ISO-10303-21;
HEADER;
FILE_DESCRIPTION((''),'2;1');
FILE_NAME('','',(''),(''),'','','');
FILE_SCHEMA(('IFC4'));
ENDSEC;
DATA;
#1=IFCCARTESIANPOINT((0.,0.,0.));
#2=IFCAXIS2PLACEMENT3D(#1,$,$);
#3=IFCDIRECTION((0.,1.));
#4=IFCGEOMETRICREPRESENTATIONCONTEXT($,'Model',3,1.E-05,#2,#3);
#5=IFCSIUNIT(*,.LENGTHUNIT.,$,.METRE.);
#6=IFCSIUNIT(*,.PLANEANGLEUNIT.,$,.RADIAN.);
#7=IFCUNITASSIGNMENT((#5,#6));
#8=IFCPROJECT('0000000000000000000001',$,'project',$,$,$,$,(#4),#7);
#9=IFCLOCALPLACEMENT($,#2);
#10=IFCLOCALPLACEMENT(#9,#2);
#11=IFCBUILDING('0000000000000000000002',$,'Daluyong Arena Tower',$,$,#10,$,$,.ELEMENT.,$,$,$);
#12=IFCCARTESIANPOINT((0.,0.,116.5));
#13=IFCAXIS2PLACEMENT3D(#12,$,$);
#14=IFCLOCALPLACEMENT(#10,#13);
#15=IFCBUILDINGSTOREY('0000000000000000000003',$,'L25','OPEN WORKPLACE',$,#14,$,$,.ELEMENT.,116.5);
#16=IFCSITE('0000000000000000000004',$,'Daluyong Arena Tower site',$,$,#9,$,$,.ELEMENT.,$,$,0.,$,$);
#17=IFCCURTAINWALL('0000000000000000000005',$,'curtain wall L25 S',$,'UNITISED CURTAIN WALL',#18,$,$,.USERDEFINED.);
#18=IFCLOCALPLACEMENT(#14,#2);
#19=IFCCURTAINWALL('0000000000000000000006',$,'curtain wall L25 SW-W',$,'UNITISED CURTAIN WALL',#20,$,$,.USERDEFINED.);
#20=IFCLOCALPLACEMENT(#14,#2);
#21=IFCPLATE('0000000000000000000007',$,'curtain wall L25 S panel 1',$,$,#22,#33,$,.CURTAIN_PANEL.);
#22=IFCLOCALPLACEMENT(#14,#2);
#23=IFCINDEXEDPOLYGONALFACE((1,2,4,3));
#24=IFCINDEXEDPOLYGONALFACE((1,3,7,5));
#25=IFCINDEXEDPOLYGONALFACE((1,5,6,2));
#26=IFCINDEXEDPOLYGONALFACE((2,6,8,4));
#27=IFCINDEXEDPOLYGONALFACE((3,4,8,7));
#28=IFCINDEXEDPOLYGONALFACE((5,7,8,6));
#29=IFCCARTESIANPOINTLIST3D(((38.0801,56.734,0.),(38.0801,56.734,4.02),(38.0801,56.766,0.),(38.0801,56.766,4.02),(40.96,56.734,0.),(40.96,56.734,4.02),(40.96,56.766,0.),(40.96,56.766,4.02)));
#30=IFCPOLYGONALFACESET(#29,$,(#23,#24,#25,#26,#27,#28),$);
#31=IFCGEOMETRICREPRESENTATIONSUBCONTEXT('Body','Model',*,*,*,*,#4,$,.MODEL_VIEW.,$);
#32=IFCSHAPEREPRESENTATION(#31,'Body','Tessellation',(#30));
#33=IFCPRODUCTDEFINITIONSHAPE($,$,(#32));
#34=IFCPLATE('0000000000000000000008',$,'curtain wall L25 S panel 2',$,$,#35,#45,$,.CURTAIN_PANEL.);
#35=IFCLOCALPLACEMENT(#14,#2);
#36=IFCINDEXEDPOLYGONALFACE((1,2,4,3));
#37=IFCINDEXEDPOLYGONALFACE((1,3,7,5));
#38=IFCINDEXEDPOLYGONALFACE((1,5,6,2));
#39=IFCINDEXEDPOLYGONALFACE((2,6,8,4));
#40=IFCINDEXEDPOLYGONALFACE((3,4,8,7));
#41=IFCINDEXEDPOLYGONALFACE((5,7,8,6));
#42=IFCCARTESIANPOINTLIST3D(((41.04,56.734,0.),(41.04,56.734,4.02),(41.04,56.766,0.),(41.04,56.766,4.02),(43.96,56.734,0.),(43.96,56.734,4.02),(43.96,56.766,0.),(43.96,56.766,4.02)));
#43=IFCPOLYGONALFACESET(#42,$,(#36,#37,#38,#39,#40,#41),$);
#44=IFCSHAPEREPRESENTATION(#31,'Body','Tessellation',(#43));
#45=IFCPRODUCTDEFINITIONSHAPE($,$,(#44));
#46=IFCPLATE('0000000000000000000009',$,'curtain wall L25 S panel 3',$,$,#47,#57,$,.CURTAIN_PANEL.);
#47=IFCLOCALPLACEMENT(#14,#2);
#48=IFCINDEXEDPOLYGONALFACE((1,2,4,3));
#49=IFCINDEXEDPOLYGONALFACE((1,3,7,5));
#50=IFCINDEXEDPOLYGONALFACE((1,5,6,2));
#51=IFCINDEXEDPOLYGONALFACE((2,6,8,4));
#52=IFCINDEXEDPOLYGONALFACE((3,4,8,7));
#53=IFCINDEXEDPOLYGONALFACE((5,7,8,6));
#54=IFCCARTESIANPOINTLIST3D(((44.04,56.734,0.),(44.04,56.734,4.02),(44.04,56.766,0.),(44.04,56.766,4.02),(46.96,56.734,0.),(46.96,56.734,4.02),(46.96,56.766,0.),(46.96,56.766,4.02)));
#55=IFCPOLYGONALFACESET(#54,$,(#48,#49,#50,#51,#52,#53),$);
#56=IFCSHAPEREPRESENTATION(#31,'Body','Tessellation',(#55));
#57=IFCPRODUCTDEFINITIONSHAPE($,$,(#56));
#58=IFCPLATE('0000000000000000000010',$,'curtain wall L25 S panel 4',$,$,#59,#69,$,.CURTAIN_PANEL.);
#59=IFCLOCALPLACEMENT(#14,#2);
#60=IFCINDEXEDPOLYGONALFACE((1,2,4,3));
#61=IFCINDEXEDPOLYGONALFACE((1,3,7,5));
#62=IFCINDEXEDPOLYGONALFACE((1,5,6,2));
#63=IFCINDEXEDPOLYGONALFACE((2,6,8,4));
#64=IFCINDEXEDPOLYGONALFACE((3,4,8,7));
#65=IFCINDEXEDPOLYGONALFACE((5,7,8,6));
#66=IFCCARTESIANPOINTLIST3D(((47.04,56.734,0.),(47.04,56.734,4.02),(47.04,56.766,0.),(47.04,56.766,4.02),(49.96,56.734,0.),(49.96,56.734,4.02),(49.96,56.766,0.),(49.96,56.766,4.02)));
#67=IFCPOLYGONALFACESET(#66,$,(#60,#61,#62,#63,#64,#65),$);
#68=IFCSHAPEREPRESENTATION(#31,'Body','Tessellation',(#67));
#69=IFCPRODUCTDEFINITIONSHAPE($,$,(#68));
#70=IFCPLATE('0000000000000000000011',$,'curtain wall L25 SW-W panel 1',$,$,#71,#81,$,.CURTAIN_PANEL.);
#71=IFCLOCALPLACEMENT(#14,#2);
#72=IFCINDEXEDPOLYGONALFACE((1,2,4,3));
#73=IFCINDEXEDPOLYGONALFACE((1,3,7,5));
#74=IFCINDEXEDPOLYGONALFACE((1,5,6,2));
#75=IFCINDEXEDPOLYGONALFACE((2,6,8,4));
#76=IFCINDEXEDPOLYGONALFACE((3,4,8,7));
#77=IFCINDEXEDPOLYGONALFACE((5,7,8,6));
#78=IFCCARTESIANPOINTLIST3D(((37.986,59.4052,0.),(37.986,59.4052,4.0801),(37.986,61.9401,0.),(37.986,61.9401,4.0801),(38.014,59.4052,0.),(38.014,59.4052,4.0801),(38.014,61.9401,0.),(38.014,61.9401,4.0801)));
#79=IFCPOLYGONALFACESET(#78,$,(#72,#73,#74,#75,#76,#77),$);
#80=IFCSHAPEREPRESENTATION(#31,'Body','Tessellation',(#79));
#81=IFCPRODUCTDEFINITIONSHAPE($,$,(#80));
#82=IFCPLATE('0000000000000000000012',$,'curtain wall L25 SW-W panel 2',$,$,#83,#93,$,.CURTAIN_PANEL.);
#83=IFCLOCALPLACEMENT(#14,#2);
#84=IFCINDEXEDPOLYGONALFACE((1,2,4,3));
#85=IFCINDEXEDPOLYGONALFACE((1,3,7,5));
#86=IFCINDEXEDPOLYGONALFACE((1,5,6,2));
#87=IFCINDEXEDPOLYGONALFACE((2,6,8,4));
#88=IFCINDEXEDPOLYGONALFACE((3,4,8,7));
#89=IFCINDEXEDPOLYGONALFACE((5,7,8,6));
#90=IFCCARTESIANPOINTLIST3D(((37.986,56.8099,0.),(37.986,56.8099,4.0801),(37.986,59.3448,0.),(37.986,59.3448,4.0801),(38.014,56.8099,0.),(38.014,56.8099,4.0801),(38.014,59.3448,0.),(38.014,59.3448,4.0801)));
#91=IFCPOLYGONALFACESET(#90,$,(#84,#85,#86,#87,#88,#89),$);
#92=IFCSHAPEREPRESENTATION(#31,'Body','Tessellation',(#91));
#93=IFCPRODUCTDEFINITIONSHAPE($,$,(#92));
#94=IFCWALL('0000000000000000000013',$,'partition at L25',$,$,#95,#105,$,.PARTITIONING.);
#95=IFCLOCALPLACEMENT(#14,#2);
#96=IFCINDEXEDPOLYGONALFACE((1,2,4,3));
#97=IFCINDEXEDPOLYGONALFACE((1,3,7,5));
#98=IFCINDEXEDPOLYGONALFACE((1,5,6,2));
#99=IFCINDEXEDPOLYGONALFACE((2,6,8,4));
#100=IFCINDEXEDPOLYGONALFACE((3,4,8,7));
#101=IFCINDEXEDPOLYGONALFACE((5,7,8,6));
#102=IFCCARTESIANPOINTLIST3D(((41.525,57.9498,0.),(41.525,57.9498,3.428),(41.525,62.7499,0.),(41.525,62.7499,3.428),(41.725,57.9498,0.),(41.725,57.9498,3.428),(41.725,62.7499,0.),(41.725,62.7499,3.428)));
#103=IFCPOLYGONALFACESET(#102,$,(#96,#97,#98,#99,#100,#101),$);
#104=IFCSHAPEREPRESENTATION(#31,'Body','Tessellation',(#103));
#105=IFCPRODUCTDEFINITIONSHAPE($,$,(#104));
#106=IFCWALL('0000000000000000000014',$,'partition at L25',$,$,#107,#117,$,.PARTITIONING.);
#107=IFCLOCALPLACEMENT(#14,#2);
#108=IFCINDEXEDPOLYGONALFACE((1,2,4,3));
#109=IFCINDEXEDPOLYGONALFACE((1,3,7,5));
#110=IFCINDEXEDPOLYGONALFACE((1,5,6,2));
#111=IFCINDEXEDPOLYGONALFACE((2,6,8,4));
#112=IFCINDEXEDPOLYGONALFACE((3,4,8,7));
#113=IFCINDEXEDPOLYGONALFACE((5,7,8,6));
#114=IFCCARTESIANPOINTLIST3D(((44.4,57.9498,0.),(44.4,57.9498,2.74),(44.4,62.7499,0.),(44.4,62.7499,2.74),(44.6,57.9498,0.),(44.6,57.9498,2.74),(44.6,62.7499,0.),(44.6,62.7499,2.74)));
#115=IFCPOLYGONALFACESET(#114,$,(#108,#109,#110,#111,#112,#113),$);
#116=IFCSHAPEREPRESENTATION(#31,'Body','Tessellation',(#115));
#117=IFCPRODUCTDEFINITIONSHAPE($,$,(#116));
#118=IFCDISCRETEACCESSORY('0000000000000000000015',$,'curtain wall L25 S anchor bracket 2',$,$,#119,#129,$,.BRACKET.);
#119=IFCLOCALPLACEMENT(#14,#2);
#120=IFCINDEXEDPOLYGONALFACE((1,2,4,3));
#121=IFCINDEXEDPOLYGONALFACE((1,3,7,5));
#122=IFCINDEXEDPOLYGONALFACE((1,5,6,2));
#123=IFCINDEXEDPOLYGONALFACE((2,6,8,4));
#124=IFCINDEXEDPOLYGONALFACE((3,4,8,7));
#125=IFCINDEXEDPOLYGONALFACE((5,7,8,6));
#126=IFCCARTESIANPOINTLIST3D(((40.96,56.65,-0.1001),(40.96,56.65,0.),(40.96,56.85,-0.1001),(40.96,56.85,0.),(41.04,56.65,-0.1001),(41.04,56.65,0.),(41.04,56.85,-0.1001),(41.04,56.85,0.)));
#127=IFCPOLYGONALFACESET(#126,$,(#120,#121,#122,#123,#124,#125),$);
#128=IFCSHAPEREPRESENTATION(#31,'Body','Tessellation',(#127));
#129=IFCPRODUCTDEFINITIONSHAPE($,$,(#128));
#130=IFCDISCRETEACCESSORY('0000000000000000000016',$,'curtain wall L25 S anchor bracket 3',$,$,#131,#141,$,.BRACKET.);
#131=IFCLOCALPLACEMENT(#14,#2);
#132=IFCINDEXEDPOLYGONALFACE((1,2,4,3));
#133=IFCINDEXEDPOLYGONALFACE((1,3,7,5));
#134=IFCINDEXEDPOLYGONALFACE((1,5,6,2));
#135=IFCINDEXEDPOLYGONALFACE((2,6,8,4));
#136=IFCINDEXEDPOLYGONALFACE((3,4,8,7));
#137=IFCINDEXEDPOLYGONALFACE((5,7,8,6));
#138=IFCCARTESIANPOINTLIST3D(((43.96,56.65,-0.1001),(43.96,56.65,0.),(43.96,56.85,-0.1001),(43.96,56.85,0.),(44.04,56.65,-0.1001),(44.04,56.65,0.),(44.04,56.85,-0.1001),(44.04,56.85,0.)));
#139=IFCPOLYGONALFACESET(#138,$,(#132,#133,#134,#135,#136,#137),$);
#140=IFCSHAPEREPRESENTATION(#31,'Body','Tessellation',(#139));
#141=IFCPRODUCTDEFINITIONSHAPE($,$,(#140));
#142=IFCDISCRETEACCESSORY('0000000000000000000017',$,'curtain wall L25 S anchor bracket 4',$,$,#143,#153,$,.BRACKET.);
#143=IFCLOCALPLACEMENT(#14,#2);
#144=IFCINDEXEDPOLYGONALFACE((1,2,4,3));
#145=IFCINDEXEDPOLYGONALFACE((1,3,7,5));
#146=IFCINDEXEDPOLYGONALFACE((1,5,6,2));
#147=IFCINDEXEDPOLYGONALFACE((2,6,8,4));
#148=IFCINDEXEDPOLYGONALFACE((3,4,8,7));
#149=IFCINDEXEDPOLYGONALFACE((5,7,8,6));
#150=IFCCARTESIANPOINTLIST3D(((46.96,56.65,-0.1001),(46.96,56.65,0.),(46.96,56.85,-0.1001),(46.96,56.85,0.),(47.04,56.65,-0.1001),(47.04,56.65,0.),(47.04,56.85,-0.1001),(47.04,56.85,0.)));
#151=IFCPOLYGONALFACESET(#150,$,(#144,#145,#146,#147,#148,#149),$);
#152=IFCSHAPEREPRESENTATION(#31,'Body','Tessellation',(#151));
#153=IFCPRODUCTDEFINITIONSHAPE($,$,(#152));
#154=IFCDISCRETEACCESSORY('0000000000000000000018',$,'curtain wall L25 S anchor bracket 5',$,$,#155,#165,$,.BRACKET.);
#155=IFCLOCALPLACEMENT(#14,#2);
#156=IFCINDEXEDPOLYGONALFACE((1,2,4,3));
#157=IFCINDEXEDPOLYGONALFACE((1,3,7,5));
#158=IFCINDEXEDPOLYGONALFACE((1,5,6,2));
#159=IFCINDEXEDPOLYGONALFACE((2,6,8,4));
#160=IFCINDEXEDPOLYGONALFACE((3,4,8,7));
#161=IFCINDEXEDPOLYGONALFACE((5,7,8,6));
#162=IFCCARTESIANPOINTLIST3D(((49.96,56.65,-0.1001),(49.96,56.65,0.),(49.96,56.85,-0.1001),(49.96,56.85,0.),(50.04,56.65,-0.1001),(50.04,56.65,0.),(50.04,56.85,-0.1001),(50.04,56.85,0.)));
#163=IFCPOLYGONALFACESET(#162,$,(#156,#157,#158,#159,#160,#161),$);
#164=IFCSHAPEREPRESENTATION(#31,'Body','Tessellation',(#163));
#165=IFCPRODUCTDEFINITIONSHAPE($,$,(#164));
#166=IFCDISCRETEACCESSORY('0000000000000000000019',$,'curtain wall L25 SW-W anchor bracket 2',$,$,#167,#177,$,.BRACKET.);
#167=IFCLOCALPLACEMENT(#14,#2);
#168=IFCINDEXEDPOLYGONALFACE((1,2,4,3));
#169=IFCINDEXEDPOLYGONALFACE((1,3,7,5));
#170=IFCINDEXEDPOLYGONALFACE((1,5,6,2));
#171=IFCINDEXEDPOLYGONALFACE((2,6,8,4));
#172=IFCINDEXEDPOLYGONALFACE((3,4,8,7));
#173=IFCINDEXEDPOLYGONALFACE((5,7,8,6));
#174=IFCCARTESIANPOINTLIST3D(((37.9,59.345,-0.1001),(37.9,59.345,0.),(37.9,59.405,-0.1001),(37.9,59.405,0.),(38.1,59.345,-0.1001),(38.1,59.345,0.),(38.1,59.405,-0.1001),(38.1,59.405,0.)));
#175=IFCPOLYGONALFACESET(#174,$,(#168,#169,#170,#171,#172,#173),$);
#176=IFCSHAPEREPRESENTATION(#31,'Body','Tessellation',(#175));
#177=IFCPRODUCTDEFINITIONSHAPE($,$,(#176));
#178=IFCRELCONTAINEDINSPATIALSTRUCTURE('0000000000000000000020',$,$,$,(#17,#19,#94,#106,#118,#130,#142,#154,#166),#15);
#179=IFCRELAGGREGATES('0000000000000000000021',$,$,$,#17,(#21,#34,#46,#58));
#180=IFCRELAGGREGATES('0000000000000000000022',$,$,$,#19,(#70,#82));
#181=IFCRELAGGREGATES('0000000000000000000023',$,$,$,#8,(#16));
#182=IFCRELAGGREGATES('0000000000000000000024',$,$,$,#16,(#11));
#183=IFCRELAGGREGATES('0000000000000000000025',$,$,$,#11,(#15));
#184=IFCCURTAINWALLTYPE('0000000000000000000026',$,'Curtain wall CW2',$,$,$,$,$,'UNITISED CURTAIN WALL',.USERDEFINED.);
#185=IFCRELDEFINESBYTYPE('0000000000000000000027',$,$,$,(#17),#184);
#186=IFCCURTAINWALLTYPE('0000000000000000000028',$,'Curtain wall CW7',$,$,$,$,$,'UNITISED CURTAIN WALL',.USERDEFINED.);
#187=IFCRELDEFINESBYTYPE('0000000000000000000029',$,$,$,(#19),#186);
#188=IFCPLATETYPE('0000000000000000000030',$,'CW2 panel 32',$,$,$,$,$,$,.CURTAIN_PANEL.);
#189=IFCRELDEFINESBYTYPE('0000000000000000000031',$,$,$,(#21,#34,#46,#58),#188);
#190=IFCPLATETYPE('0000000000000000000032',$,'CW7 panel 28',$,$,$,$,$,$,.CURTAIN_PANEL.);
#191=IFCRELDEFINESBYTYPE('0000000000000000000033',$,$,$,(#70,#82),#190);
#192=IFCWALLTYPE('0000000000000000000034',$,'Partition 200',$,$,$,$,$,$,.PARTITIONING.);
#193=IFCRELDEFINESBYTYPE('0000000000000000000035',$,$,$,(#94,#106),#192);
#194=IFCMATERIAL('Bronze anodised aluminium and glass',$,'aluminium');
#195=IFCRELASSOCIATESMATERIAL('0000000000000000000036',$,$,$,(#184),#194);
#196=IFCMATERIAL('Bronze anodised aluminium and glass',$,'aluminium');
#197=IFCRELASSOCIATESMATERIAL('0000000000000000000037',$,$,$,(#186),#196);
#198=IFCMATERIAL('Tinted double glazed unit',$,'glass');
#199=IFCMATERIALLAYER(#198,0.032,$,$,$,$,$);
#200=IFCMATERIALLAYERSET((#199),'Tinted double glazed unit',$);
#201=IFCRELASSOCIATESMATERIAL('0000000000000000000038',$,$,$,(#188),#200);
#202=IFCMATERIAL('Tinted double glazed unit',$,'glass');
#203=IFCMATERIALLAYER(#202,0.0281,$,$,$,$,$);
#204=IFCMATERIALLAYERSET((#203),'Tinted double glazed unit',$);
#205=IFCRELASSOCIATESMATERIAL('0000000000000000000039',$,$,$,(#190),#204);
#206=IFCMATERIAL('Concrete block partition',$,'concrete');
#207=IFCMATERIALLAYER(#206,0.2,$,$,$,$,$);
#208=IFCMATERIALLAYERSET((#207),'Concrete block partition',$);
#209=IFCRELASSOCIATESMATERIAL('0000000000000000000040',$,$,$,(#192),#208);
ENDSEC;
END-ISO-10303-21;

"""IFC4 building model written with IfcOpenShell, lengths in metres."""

from ifc_helpers import new_model, si_unit, direction, frame, frame_2d, origin, origin_2d, place, context, subcontext, project, spatial, rectangle, extrude, material, layer, layer_set, type_object, element, aggregate, save


model = new_model("IFC4")

# Units and contexts
model_context = context("Model", 3, precision=1e-05, world=origin(), true_north=direction((0.0, 1.0)))
body_context = subcontext(model_context, "Body", "Model", "MODEL_VIEW")
ifc_project = project(units=[si_unit("LENGTHUNIT", "METRE"), si_unit("PLANEANGLEUNIT", "RADIAN")], contexts=[model_context])

# Site, building, storey
site_placement = place(None, origin())
site = spatial("IfcSite", under=ifc_project, at=site_placement, Name="Daluyong Arena Tower site", CompositionType="ELEMENT", RefElevation=0.0)
building_placement = place(site_placement, origin())
building = spatial("IfcBuilding", under=site, at=building_placement, Name="Daluyong Arena Tower", CompositionType="ELEMENT")
storey_placement = place(building_placement, frame((0.0, 0.0, 116.5)))
storey = spatial("IfcBuildingStorey", under=building, at=storey_placement, Name="L25", Description="OPEN WORKPLACE", CompositionType="ELEMENT", Elevation=116.5)

# Curtain walls
ifc_material_1 = material(Name="Bronze anodised aluminium and glass", Category="aluminium")
curtain_wall_type_1 = type_object("IfcCurtainWallType", Name="Curtain wall CW2", ElementType="UNITISED CURTAIN WALL", PredefinedType="USERDEFINED", material=ifc_material_1)
curtain_wall_1_placement = place(storey_placement, origin())
curtain_wall_1 = element("IfcCurtainWall", 1, at=curtain_wall_1_placement, inside=storey, type_object=curtain_wall_type_1, Name="curtain wall L25 S", ObjectType="UNITISED CURTAIN WALL", PredefinedType="USERDEFINED")
ifc_material_2 = material(Name="Bronze anodised aluminium and glass", Category="aluminium")
curtain_wall_type_2 = type_object("IfcCurtainWallType", Name="Curtain wall CW7", ElementType="UNITISED CURTAIN WALL", PredefinedType="USERDEFINED", material=ifc_material_2)
curtain_wall_2_placement = place(storey_placement, origin())
curtain_wall_2 = element("IfcCurtainWall", 2, at=curtain_wall_2_placement, inside=storey, type_object=curtain_wall_type_2, Name="curtain wall L25 SW-W", ObjectType="UNITISED CURTAIN WALL", PredefinedType="USERDEFINED")

# Plates
ifc_material_3 = material(Name="Tinted double glazed unit", Category="glass")
ifc_layer_1 = layer(ifc_material_3, 0.032)
ifc_layer_set_1 = layer_set([ifc_layer_1], Name="Tinted double glazed unit")
plate_type_1 = type_object("IfcPlateType", Name="CW2 panel 32", PredefinedType="CURTAIN_PANEL", material=ifc_layer_set_1)
plate_1_placement = place(storey_placement, frame((39.52, 56.75, 0.0), z_axis=(0.0, 0.0, 1.0), x_axis=(1.0, 0.0, 0.0)))
plate_1 = element("IfcPlate", 3, at=plate_1_placement, type_object=plate_type_1, Name="curtain wall L25 S panel 1", PredefinedType="CURTAIN_PANEL", context=body_context, shape_type="SweptSolid", body=[
    extrude(rectangle(XDim=2.8799, YDim=0.032, at=origin_2d()), origin(), (0.0, 0.0, 1.0), 4.02),
])
plate_2_placement = place(storey_placement, frame((42.5, 56.75, 0.0), z_axis=(0.0, 0.0, 1.0), x_axis=(1.0, 0.0, 0.0)))
plate_2 = element("IfcPlate", 4, at=plate_2_placement, type_object=plate_type_1, Name="curtain wall L25 S panel 2", PredefinedType="CURTAIN_PANEL", context=body_context, shape_type="SweptSolid", body=[
    extrude(rectangle(XDim=2.9199, YDim=0.032, at=origin_2d()), origin(), (0.0, 0.0, 1.0), 4.02),
])
plate_3_placement = place(storey_placement, frame((45.5, 56.75, 0.0), z_axis=(0.0, 0.0, 1.0), x_axis=(1.0, 0.0, 0.0)))
plate_3 = element("IfcPlate", 5, at=plate_3_placement, type_object=plate_type_1, Name="curtain wall L25 S panel 3", PredefinedType="CURTAIN_PANEL", context=body_context, shape_type="SweptSolid", body=[
    extrude(rectangle(XDim=2.9199, YDim=0.032, at=origin_2d()), origin(), (0.0, 0.0, 1.0), 4.02),
])
plate_4_placement = place(storey_placement, frame((48.5, 56.75, 0.0), z_axis=(0.0, 0.0, 1.0), x_axis=(1.0, 0.0, 0.0)))
plate_4 = element("IfcPlate", 6, at=plate_4_placement, type_object=plate_type_1, Name="curtain wall L25 S panel 4", PredefinedType="CURTAIN_PANEL", context=body_context, shape_type="SweptSolid", body=[
    extrude(rectangle(XDim=2.9199, YDim=0.032, at=origin_2d()), origin(), (0.0, 0.0, 1.0), 4.02),
])
aggregate(curtain_wall_1, [plate_1, plate_2, plate_3, plate_4])
ifc_material_4 = material(Name="Tinted double glazed unit", Category="glass")
ifc_layer_2 = layer(ifc_material_4, 0.0281)
ifc_layer_set_2 = layer_set([ifc_layer_2], Name="Tinted double glazed unit")
plate_type_2 = type_object("IfcPlateType", Name="CW7 panel 28", PredefinedType="CURTAIN_PANEL", material=ifc_layer_set_2)
plate_5_placement = place(storey_placement, frame((38.0, 60.6726, 0.0), z_axis=(0.0, 0.0, 1.0), x_axis=(0.0, -1.0, 0.0)))
plate_5 = element("IfcPlate", 7, at=plate_5_placement, type_object=plate_type_2, Name="curtain wall L25 SW-W panel 1", PredefinedType="CURTAIN_PANEL", context=body_context, shape_type="SweptSolid", body=[
    extrude(rectangle(XDim=2.5349, YDim=0.0281, at=origin_2d()), origin(), (0.0, 0.0, 1.0), 4.0801),
])
plate_6_placement = place(storey_placement, frame((38.0, 58.0774, 0.0), z_axis=(0.0, 0.0, 1.0), x_axis=(0.0, -1.0, 0.0)))
plate_6 = element("IfcPlate", 8, at=plate_6_placement, type_object=plate_type_2, Name="curtain wall L25 SW-W panel 2", PredefinedType="CURTAIN_PANEL", context=body_context, shape_type="SweptSolid", body=[
    extrude(rectangle(XDim=2.5349, YDim=0.0281, at=origin_2d()), origin(), (0.0, 0.0, 1.0), 4.0801),
])
aggregate(curtain_wall_2, [plate_5, plate_6])

# Walls
ifc_material_5 = material(Name="Concrete block partition", Category="concrete")
ifc_layer_3 = layer(ifc_material_5, 0.2)
ifc_layer_set_3 = layer_set([ifc_layer_3], Name="Concrete block partition")
wall_type = type_object("IfcWallType", Name="Partition 200", PredefinedType="PARTITIONING", material=ifc_layer_set_3)
wall_1_placement = place(storey_placement, frame((41.625, 57.95, 0.0), z_axis=(0.0, 0.0, 1.0), x_axis=(0.0, 1.0, 0.0)))
element("IfcWall", 9, at=wall_1_placement, inside=storey, type_object=wall_type, Name="partition at L25", PredefinedType="PARTITIONING", context=body_context, shape_type="SweptSolid", body=[
    extrude(rectangle(XDim=4.8, YDim=0.2, at=frame_2d((2.3999, 0.0))), origin(), (0.0, 0.0, 1.0), 3.428),
])
wall_2_placement = place(storey_placement, frame((44.5, 57.95, 0.0), z_axis=(0.0, 0.0, 1.0), x_axis=(0.0, 1.0, 0.0)))
element("IfcWall", 10, at=wall_2_placement, inside=storey, type_object=wall_type, Name="partition at L25", PredefinedType="PARTITIONING", context=body_context, shape_type="SweptSolid", body=[
    extrude(rectangle(XDim=4.8, YDim=0.2, at=frame_2d((2.3999, 0.0))), origin(), (0.0, 0.0, 1.0), 2.74),
])

# Discrete accessories
for number, where, z_axis, x_axis, name in (
    (11, (41.0, 56.75, -0.1001), (0.0, 0.0, 1.0), (1.0, 0.0, 0.0), "curtain wall L25 S anchor bracket 2"),
    (12, (44.0, 56.75, -0.1001), (0.0, 0.0, 1.0), (1.0, 0.0, 0.0), "curtain wall L25 S anchor bracket 3"),
    (13, (47.0, 56.75, -0.1001), (0.0, 0.0, 1.0), (1.0, 0.0, 0.0), "curtain wall L25 S anchor bracket 4"),
    (14, (50.0, 56.75, -0.1001), (0.0, 0.0, 1.0), (1.0, 0.0, 0.0), "curtain wall L25 S anchor bracket 5"),
):
    element("IfcDiscreteAccessory", number, at=place(storey_placement, frame(where, z_axis=z_axis, x_axis=x_axis)), inside=storey, Name=name, PredefinedType="BRACKET", context=body_context, shape_type="SweptSolid", body=[
        extrude(rectangle(XDim=0.0801, YDim=0.2, at=origin_2d()), origin(), (0.0, 0.0, 1.0), 0.1001),
    ])
discrete_accessory_placement = place(storey_placement, frame((38.0, 59.375, -0.1001), z_axis=(0.0, 0.0, 1.0), x_axis=(0.0, -1.0, 0.0)))
element("IfcDiscreteAccessory", 15, at=discrete_accessory_placement, inside=storey, Name="curtain wall L25 SW-W anchor bracket 2", PredefinedType="BRACKET", context=body_context, shape_type="SweptSolid", body=[
    extrude(rectangle(XDim=0.0601, YDim=0.2, at=origin_2d()), origin(), (0.0, 0.0, 1.0), 0.1001),
])

save(model, "model.ifc")
